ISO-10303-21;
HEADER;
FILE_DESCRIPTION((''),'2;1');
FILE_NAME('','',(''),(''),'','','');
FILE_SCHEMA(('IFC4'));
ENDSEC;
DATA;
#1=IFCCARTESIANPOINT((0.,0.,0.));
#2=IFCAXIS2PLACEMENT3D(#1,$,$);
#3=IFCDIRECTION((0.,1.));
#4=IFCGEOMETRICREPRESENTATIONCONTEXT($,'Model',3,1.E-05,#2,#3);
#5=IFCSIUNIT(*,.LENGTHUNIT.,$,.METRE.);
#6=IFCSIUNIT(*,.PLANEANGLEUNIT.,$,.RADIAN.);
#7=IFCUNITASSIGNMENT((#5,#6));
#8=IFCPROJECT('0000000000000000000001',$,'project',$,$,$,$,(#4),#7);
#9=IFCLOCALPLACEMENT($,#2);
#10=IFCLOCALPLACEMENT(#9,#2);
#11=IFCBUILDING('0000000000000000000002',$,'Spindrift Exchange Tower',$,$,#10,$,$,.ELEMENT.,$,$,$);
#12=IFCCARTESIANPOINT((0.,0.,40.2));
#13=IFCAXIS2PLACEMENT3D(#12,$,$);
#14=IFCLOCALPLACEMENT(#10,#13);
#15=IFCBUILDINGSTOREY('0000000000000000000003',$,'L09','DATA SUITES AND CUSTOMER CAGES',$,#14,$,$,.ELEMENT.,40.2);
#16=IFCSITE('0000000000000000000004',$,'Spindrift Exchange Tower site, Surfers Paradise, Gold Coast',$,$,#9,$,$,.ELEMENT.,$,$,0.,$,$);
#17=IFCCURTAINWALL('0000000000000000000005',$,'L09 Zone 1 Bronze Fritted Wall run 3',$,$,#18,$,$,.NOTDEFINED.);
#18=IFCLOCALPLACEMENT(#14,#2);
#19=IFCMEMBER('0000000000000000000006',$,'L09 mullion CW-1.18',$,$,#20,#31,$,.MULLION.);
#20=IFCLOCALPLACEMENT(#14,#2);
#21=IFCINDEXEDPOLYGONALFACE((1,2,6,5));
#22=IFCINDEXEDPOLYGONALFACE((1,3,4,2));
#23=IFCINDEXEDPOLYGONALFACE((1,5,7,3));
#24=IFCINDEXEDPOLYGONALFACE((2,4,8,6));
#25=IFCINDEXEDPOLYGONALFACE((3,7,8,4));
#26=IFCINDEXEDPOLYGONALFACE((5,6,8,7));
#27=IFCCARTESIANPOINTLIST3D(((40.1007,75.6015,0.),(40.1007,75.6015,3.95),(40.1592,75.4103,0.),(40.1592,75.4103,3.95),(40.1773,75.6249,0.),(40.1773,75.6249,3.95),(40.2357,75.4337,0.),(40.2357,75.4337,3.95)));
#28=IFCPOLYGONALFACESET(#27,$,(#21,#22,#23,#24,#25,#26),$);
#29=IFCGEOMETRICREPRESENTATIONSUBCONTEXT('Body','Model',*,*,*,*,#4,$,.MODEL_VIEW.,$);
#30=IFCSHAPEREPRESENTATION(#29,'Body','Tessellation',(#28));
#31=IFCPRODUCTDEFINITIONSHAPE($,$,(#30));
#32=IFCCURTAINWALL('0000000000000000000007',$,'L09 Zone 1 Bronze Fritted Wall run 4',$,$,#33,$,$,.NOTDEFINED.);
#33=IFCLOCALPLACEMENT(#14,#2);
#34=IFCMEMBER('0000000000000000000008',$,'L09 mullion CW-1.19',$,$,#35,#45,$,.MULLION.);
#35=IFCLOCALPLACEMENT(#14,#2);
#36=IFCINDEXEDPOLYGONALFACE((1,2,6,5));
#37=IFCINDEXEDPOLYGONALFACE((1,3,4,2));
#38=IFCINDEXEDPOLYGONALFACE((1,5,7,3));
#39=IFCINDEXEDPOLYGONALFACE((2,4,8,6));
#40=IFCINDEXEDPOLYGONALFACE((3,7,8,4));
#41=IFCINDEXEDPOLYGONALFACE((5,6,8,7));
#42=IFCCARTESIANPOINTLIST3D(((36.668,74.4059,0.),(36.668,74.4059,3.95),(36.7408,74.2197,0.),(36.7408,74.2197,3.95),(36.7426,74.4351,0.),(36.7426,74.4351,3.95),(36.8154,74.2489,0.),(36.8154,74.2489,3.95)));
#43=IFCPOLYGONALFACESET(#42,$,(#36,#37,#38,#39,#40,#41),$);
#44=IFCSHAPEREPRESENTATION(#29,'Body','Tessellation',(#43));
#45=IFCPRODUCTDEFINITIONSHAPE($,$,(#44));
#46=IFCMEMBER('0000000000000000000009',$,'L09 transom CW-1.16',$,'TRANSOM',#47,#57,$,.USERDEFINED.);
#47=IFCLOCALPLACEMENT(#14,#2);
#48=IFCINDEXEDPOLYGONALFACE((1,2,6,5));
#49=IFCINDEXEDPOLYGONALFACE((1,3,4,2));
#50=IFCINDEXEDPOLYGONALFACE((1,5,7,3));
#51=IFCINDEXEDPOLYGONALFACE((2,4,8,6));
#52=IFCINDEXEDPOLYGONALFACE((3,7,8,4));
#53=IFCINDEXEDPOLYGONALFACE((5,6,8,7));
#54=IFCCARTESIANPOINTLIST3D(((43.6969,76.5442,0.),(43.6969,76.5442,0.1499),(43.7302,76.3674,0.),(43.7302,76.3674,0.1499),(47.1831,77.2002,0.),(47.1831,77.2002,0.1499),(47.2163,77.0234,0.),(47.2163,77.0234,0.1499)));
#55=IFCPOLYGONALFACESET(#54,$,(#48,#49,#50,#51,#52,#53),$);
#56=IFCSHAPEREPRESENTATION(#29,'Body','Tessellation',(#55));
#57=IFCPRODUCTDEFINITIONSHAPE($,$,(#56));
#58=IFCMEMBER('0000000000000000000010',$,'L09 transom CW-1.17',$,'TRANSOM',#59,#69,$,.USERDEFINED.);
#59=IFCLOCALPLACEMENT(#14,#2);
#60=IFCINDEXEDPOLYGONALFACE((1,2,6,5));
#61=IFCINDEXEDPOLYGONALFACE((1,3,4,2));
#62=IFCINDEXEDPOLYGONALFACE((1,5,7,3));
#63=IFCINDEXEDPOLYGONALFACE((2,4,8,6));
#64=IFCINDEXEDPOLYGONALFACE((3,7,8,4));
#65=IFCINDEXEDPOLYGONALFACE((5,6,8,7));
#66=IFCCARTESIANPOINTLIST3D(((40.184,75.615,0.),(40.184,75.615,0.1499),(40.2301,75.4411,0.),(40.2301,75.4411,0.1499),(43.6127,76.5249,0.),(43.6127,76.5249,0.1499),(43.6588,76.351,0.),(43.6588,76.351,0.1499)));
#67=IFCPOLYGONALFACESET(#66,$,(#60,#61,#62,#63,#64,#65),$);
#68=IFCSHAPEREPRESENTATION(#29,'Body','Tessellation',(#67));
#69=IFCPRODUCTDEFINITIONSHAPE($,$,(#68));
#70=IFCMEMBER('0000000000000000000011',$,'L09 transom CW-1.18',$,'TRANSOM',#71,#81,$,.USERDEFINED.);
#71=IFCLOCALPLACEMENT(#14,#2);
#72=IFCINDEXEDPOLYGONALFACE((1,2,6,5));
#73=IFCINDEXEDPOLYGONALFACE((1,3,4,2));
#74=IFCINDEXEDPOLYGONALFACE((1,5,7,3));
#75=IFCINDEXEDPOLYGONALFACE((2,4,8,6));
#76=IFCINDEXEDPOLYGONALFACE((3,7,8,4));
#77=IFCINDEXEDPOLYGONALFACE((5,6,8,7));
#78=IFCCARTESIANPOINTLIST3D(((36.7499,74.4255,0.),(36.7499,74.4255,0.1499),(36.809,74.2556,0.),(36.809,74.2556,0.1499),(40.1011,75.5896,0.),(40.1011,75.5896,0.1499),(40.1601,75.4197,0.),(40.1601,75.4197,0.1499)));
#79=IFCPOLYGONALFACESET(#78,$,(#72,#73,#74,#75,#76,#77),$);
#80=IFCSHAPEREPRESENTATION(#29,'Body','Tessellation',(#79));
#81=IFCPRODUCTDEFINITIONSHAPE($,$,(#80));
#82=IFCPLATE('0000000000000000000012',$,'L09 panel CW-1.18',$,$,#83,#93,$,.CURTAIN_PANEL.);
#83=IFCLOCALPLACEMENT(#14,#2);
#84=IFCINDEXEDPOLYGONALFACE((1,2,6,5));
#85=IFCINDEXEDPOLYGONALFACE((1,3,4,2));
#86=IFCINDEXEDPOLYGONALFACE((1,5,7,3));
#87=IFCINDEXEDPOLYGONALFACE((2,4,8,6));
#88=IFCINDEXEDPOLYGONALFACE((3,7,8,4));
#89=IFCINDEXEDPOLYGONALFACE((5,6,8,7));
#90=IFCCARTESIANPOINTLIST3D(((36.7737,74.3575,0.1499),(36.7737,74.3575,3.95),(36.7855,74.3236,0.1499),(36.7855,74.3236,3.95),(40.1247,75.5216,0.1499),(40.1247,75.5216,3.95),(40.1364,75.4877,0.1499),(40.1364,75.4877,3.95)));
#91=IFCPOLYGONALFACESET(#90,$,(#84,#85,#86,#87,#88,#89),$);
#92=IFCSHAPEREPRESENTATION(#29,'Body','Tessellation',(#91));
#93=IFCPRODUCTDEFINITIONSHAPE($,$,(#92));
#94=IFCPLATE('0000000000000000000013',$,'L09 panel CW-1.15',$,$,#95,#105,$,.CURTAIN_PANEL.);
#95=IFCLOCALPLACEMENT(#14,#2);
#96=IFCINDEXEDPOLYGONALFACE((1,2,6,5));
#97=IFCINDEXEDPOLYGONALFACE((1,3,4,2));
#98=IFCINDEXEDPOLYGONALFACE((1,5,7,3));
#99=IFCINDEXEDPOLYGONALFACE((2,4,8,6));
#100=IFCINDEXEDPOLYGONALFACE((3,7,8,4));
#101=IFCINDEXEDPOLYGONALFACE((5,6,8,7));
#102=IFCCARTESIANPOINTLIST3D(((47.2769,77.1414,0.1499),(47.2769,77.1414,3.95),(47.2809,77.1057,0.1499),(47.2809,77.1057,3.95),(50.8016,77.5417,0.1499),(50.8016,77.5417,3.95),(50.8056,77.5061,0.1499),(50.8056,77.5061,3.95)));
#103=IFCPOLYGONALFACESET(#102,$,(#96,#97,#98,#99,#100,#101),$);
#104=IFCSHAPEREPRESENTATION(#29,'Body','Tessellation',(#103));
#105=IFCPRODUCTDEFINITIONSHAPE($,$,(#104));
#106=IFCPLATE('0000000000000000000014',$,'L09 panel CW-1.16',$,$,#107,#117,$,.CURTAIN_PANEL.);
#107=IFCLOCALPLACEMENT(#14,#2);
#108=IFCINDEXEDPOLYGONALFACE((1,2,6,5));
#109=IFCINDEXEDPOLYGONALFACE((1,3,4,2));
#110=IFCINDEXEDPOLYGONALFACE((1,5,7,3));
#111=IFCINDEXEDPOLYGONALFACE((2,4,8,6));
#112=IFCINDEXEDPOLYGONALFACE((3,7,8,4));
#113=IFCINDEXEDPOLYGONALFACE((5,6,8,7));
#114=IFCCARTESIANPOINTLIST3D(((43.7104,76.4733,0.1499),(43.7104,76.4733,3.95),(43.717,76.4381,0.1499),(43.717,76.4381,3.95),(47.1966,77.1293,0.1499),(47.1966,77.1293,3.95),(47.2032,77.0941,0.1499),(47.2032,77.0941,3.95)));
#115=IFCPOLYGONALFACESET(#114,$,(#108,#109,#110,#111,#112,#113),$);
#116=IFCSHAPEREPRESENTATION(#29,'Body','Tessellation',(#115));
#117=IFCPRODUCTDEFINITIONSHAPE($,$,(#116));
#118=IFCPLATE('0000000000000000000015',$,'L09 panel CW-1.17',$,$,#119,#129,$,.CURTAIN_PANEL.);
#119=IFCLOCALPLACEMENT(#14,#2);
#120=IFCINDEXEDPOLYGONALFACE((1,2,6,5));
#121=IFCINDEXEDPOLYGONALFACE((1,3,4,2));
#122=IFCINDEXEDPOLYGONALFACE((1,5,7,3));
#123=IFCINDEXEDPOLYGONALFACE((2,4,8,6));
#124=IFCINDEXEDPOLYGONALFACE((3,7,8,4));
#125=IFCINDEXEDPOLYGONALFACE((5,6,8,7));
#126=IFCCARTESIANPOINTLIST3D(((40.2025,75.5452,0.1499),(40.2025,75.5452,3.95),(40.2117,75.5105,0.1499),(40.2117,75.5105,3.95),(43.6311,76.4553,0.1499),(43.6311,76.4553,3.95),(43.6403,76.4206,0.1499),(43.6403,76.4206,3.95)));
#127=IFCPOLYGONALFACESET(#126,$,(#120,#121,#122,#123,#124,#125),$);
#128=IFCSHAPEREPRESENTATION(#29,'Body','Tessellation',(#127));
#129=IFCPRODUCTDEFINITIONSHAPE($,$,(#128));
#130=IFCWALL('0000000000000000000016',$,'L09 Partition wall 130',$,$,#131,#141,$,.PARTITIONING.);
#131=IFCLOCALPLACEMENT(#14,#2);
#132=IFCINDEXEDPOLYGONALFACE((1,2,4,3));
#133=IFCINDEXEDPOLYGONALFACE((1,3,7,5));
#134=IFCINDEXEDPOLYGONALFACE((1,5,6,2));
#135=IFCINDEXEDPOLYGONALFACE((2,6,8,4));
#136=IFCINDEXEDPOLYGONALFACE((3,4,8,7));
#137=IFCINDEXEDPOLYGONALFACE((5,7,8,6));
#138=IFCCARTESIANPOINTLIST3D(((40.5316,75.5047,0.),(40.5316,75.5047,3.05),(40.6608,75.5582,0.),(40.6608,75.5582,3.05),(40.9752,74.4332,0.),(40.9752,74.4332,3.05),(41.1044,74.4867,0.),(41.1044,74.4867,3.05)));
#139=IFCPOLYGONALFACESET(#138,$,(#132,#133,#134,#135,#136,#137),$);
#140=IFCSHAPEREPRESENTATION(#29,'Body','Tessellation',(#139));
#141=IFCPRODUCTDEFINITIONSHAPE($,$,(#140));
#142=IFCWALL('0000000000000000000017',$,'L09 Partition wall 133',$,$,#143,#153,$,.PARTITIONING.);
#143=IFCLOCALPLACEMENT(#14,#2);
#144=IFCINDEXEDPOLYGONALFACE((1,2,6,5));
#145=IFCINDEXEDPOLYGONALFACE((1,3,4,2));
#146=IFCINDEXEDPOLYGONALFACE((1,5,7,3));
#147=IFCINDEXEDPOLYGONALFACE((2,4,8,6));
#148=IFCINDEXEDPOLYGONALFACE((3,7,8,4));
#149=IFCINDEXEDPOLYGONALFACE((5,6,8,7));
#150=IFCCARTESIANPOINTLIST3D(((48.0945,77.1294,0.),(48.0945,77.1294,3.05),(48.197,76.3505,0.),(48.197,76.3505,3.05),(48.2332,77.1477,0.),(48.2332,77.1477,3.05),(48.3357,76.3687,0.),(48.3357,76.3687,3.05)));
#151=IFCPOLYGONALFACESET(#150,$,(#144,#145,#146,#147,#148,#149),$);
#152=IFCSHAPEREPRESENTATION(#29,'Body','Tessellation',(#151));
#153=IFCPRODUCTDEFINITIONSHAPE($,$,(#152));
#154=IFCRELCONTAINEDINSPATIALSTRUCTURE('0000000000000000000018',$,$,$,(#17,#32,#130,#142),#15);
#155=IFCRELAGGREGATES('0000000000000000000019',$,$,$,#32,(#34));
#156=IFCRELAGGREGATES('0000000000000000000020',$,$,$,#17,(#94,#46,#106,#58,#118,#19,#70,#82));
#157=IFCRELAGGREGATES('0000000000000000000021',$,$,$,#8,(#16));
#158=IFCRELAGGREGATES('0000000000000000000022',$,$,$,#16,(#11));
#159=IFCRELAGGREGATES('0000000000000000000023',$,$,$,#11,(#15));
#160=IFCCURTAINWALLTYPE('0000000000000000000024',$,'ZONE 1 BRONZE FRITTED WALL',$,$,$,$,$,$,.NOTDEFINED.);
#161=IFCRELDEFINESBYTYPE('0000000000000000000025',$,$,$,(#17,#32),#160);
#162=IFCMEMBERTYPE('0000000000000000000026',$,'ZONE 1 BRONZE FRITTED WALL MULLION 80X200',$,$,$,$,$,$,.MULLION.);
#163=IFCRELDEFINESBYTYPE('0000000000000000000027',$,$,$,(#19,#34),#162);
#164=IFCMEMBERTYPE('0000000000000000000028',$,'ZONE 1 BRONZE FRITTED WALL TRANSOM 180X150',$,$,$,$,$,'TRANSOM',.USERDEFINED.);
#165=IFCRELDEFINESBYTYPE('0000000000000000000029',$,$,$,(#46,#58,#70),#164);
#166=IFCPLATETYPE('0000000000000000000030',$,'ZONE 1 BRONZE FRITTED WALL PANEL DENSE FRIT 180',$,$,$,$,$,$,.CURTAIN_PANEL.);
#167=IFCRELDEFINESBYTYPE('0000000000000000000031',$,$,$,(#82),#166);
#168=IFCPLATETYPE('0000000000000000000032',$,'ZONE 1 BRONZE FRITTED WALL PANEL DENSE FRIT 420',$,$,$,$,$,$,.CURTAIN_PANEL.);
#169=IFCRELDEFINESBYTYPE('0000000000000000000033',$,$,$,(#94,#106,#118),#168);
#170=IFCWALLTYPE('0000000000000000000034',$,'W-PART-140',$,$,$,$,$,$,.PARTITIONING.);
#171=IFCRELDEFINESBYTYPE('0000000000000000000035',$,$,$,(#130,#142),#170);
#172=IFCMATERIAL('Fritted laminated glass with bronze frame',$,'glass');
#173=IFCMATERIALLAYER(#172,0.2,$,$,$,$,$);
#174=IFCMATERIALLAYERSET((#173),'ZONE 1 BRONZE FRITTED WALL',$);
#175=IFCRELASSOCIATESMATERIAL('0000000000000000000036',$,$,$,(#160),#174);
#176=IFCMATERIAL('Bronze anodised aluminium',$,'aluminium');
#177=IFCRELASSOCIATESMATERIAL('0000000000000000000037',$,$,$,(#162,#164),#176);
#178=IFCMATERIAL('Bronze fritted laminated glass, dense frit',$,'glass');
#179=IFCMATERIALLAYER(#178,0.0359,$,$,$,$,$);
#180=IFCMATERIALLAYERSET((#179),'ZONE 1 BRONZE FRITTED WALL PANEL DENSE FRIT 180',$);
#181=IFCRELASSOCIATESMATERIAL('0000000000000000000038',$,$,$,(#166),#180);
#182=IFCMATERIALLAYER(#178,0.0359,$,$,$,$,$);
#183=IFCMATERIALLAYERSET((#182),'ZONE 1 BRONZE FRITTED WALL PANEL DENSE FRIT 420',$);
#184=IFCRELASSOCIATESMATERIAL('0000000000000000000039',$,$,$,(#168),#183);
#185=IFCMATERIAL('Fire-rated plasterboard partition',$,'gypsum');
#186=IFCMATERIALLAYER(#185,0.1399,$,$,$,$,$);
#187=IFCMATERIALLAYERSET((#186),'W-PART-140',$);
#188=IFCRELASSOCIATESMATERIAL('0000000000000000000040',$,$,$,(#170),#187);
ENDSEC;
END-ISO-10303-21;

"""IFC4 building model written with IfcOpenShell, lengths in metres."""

from ifc_helpers import new_model, si_unit, direction, frame, frame_2d, origin, origin_2d, place, context, subcontext, project, spatial, rectangle, extrude, source, transform, mapped, material, layer, layer_set, material_profile, profile_set, type_object, element, aggregate, save


model = new_model("IFC4")

# Units and contexts
model_context = context("Model", 3, precision=1e-05, world=origin(), true_north=direction((0.0, 1.0)))
body_context = subcontext(model_context, "Body", "Model", "MODEL_VIEW")
ifc_project = project(units=[si_unit("LENGTHUNIT", "METRE"), si_unit("PLANEANGLEUNIT", "RADIAN")], contexts=[model_context])

# Site, building, storey
site_placement = place(None, origin())
site = spatial("IfcSite", under=ifc_project, at=site_placement, Name="Spindrift Exchange Tower site, Surfers Paradise, Gold Coast", CompositionType="ELEMENT", RefElevation=0.0)
building_placement = place(site_placement, origin())
building = spatial("IfcBuilding", under=site, at=building_placement, Name="Spindrift Exchange Tower", CompositionType="ELEMENT")
storey_placement = place(building_placement, frame((0.0, 0.0, 40.2)))
storey = spatial("IfcBuildingStorey", under=building, at=storey_placement, Name="L09", Description="DATA SUITES AND CUSTOMER CAGES", CompositionType="ELEMENT", Elevation=40.2)

# Curtain wall, member
ifc_material_1 = material(Name="Fritted laminated glass with bronze frame", Category="glass")
ifc_layer_1 = layer(ifc_material_1, 0.2)
ifc_layer_set_1 = layer_set([ifc_layer_1], Name="ZONE 1 BRONZE FRITTED WALL")
curtain_wall_type = type_object("IfcCurtainWallType", Name="ZONE 1 BRONZE FRITTED WALL", PredefinedType="NOTDEFINED", material=ifc_layer_set_1)
curtain_wall_1_placement = place(storey_placement, origin())
curtain_wall_1 = element("IfcCurtainWall", 1, at=curtain_wall_1_placement, inside=storey, type_object=curtain_wall_type, Name="L09 Zone 1 Bronze Fritted Wall run 3", PredefinedType="NOTDEFINED")
ifc_material_2 = material(Name="Bronze anodised aluminium", Category="aluminium")
ifc_material_profile_1 = material_profile(ifc_material_2, rectangle(XDim=0.0801, YDim=0.2, at=origin_2d()), Name="ZONE 1 BRONZE FRITTED WALL MULLION 80X200")
ifc_profile_set_1 = profile_set([ifc_material_profile_1], Name="Bronze anodised aluminium")
member_type_1 = type_object("IfcMemberType", Name="ZONE 1 BRONZE FRITTED WALL MULLION 80X200", PredefinedType="MULLION", material=ifc_profile_set_1)
shared_shape_1 = source(origin(), body_context, "Body", "SweptSolid", [
    extrude(rectangle(XDim=0.0801, YDim=0.2, at=origin_2d()), origin(), (0.0, 0.0, 1.0), 3.95),
])
member_1_placement = place(storey_placement, frame((40.1682, 75.5176, 0.0), z_axis=(0.0, 0.0, 1.0), x_axis=(-0.95625, -0.292551, 0.0)))
member_1 = element("IfcMember", 2, at=member_1_placement, type_object=member_type_1, Name="L09 mullion CW-1.18", PredefinedType="MULLION", context=body_context, shape_type="MappedRepresentation", body=[
    mapped(shared_shape_1, transform((0.0, 0.0, 0.0), scale=1.0)),
])

# Curtain wall, member
curtain_wall_2_placement = place(storey_placement, origin())
curtain_wall_2 = element("IfcCurtainWall", 3, at=curtain_wall_2_placement, inside=storey, type_object=curtain_wall_type, Name="L09 Zone 1 Bronze Fritted Wall run 4", PredefinedType="NOTDEFINED")
member_2_placement = place(storey_placement, frame((36.7417, 74.3274, 0.0), z_axis=(0.0, 0.0, 1.0), x_axis=(-0.931259, -0.364357, 0.0)))
member_2 = element("IfcMember", 4, at=member_2_placement, type_object=member_type_1, Name="L09 mullion CW-1.19", PredefinedType="MULLION", context=body_context, shape_type="MappedRepresentation", body=[
    mapped(shared_shape_1, transform((0.0, 0.0, 0.0), scale=1.0)),
])
aggregate(curtain_wall_2, [member_2])

# Members
ifc_material_profile_2 = material_profile(ifc_material_2, rectangle(XDim=0.1799, YDim=0.1499, at=origin_2d()), Name="ZONE 1 BRONZE FRITTED WALL TRANSOM 180X150")
ifc_profile_set_2 = profile_set([ifc_material_profile_2], Name="Bronze anodised aluminium")
member_type_2 = type_object("IfcMemberType", Name="ZONE 1 BRONZE FRITTED WALL TRANSOM 180X150", ElementType="TRANSOM", PredefinedType="USERDEFINED", material=ifc_profile_set_2)
shared_shape_2 = source(origin(), body_context, "Body", "SweptSolid", [
    extrude(rectangle(XDim=0.1799, YDim=0.1499, at=origin_2d()), origin(), (0.0, 0.0, 1.0), 3.5474),
])
member_3_placement = place(storey_placement, frame((47.1997, 77.1118, 0.075), z_axis=(-0.982751, -0.184933, 0.0), x_axis=(0.184933, -0.982751, 0.0)))
member_3 = element("IfcMember", 5, at=member_3_placement, type_object=member_type_2, Name="L09 transom CW-1.16", ObjectType="TRANSOM", PredefinedType="USERDEFINED", context=body_context, shape_type="MappedRepresentation", body=[
    mapped(shared_shape_2, transform((0.0, 0.0, 0.0), scale=1.0)),
])
member_4_placement = place(storey_placement, frame((43.6357, 76.438, 0.075), z_axis=(-0.966544, -0.256502, 0.0), x_axis=(0.256502, -0.966544, 0.0)))
member_4 = element("IfcMember", 6, at=member_4_placement, type_object=member_type_2, Name="L09 transom CW-1.17", ObjectType="TRANSOM", PredefinedType="USERDEFINED", context=body_context, shape_type="MappedRepresentation", body=[
    mapped(shared_shape_2, transform((0.0, 0.0, 0.0), scale=1.0)),
])
shared_shape_3 = source(origin(), body_context, "Body", "SweptSolid", [
    extrude(rectangle(XDim=0.1799, YDim=0.1499, at=origin_2d()), origin(), (0.0, 0.0, 1.0), 3.5476),
])
member_5_placement = place(storey_placement, frame((40.1306, 75.5046, 0.075), z_axis=(-0.94463, -0.328136, 0.0), x_axis=(0.328136, -0.94463, 0.0)))
member_5 = element("IfcMember", 7, at=member_5_placement, type_object=member_type_2, Name="L09 transom CW-1.18", ObjectType="TRANSOM", PredefinedType="USERDEFINED", context=body_context, shape_type="MappedRepresentation", body=[
    mapped(shared_shape_3, transform((0.0, 0.0, 0.0), scale=1.0)),
])

# Plates
ifc_material_3 = material(Name="Bronze fritted laminated glass, dense frit", Category="glass")
ifc_layer_2 = layer(ifc_material_3, 0.0359)
ifc_layer_set_2 = layer_set([ifc_layer_2], Name="ZONE 1 BRONZE FRITTED WALL PANEL DENSE FRIT 180")
plate_type_1 = type_object("IfcPlateType", Name="ZONE 1 BRONZE FRITTED WALL PANEL DENSE FRIT 180", PredefinedType="CURTAIN_PANEL", material=ifc_layer_set_2)
shared_shape_4 = source(origin(), body_context, "Body", "SweptSolid", [
    extrude(rectangle(XDim=3.5474, YDim=0.0359, at=origin_2d()), origin(), (0.0, 0.0, 1.0), 3.8),
])
plate_1_placement = place(storey_placement, frame((38.4551, 74.9226, 0.1499), z_axis=(0.0, 0.0, 1.0), x_axis=(-0.944627, -0.328145, 0.0)))
plate_1 = element("IfcPlate", 8, at=plate_1_placement, type_object=plate_type_1, Name="L09 panel CW-1.18", PredefinedType="CURTAIN_PANEL", context=body_context, shape_type="MappedRepresentation", body=[
    mapped(shared_shape_4, transform((0.0, 0.0, 0.0), scale=1.0)),
])
ifc_layer_3 = layer(ifc_material_3, 0.0359)
ifc_layer_set_3 = layer_set([ifc_layer_3], Name="ZONE 1 BRONZE FRITTED WALL PANEL DENSE FRIT 420")
plate_type_2 = type_object("IfcPlateType", Name="ZONE 1 BRONZE FRITTED WALL PANEL DENSE FRIT 420", PredefinedType="CURTAIN_PANEL", material=ifc_layer_set_3)
shared_shape_5 = source(origin(), body_context, "Body", "SweptSolid", [
    extrude(rectangle(XDim=3.5474, YDim=0.0359, at=origin_2d()), origin(), (0.0, 0.0, 1.0), 3.8),
])
plate_2_placement = place(storey_placement, frame((49.0413, 77.3237, 0.1499), z_axis=(0.0, 0.0, 1.0), x_axis=(-0.993611, -0.112863, 0.0)))
plate_2 = element("IfcPlate", 9, at=plate_2_placement, type_object=plate_type_2, Name="L09 panel CW-1.15", PredefinedType="CURTAIN_PANEL", context=body_context, shape_type="MappedRepresentation", body=[
    mapped(shared_shape_5, transform((0.0, 0.0, 0.0), scale=1.0)),
])
plate_3_placement = place(storey_placement, frame((45.4568, 76.7837, 0.1499), z_axis=(0.0, 0.0, 1.0), x_axis=(-0.982752, -0.184927, 0.0)))
plate_3 = element("IfcPlate", 10, at=plate_3_placement, type_object=plate_type_2, Name="L09 panel CW-1.16", PredefinedType="CURTAIN_PANEL", context=body_context, shape_type="MappedRepresentation", body=[
    mapped(shared_shape_5, transform((0.0, 0.0, 0.0), scale=1.0)),
])
plate_4_placement = place(storey_placement, frame((41.9214, 75.9829, 0.1499), z_axis=(0.0, 0.0, 1.0), x_axis=(-0.966532, -0.256547, 0.0)))
plate_4 = element("IfcPlate", 11, at=plate_4_placement, type_object=plate_type_2, Name="L09 panel CW-1.17", PredefinedType="CURTAIN_PANEL", context=body_context, shape_type="MappedRepresentation", body=[
    mapped(shared_shape_5, transform((0.0, 0.0, 0.0), scale=1.0)),
])
aggregate(curtain_wall_1, [plate_2, member_3, plate_3, member_4, plate_4, member_1, member_5, plate_1])

# Walls
ifc_material_4 = material(Name="Fire-rated plasterboard partition", Category="gypsum")
ifc_layer_4 = layer(ifc_material_4, 0.1399)
ifc_layer_set_4 = layer_set([ifc_layer_4], Name="W-PART-140")
wall_type = type_object("IfcWallType", Name="W-PART-140", PredefinedType="PARTITIONING", material=ifc_layer_set_4)
wall_1_placement = place(storey_placement, frame((41.0398, 74.46, 0.0), z_axis=(0.0, 0.0, 1.0), x_axis=(-0.382507, 0.923953, 0.0)))
element("IfcWall", 12, at=wall_1_placement, inside=storey, type_object=wall_type, Name="L09 Partition wall 130", PredefinedType="PARTITIONING", context=body_context, shape_type="SweptSolid", body=[
    extrude(rectangle(XDim=1.1597, YDim=0.1399, at=frame_2d((0.5798, 0.0))), origin(), (0.0, 0.0, 1.0), 3.05),
])
wall_2_placement = place(storey_placement, frame((48.2664, 76.3596, 0.0), z_axis=(0.0, 0.0, 1.0), x_axis=(-0.130535, 0.991444, 0.0)))
element("IfcWall", 13, at=wall_2_placement, inside=storey, type_object=wall_type, Name="L09 Partition wall 133", PredefinedType="PARTITIONING", context=body_context, shape_type="SweptSolid", body=[
    extrude(rectangle(XDim=0.7856, YDim=0.1399, at=frame_2d((0.3928, 0.0))), origin(), (0.0, 0.0, 1.0), 3.05),
])

save(model, "model.ifc")
